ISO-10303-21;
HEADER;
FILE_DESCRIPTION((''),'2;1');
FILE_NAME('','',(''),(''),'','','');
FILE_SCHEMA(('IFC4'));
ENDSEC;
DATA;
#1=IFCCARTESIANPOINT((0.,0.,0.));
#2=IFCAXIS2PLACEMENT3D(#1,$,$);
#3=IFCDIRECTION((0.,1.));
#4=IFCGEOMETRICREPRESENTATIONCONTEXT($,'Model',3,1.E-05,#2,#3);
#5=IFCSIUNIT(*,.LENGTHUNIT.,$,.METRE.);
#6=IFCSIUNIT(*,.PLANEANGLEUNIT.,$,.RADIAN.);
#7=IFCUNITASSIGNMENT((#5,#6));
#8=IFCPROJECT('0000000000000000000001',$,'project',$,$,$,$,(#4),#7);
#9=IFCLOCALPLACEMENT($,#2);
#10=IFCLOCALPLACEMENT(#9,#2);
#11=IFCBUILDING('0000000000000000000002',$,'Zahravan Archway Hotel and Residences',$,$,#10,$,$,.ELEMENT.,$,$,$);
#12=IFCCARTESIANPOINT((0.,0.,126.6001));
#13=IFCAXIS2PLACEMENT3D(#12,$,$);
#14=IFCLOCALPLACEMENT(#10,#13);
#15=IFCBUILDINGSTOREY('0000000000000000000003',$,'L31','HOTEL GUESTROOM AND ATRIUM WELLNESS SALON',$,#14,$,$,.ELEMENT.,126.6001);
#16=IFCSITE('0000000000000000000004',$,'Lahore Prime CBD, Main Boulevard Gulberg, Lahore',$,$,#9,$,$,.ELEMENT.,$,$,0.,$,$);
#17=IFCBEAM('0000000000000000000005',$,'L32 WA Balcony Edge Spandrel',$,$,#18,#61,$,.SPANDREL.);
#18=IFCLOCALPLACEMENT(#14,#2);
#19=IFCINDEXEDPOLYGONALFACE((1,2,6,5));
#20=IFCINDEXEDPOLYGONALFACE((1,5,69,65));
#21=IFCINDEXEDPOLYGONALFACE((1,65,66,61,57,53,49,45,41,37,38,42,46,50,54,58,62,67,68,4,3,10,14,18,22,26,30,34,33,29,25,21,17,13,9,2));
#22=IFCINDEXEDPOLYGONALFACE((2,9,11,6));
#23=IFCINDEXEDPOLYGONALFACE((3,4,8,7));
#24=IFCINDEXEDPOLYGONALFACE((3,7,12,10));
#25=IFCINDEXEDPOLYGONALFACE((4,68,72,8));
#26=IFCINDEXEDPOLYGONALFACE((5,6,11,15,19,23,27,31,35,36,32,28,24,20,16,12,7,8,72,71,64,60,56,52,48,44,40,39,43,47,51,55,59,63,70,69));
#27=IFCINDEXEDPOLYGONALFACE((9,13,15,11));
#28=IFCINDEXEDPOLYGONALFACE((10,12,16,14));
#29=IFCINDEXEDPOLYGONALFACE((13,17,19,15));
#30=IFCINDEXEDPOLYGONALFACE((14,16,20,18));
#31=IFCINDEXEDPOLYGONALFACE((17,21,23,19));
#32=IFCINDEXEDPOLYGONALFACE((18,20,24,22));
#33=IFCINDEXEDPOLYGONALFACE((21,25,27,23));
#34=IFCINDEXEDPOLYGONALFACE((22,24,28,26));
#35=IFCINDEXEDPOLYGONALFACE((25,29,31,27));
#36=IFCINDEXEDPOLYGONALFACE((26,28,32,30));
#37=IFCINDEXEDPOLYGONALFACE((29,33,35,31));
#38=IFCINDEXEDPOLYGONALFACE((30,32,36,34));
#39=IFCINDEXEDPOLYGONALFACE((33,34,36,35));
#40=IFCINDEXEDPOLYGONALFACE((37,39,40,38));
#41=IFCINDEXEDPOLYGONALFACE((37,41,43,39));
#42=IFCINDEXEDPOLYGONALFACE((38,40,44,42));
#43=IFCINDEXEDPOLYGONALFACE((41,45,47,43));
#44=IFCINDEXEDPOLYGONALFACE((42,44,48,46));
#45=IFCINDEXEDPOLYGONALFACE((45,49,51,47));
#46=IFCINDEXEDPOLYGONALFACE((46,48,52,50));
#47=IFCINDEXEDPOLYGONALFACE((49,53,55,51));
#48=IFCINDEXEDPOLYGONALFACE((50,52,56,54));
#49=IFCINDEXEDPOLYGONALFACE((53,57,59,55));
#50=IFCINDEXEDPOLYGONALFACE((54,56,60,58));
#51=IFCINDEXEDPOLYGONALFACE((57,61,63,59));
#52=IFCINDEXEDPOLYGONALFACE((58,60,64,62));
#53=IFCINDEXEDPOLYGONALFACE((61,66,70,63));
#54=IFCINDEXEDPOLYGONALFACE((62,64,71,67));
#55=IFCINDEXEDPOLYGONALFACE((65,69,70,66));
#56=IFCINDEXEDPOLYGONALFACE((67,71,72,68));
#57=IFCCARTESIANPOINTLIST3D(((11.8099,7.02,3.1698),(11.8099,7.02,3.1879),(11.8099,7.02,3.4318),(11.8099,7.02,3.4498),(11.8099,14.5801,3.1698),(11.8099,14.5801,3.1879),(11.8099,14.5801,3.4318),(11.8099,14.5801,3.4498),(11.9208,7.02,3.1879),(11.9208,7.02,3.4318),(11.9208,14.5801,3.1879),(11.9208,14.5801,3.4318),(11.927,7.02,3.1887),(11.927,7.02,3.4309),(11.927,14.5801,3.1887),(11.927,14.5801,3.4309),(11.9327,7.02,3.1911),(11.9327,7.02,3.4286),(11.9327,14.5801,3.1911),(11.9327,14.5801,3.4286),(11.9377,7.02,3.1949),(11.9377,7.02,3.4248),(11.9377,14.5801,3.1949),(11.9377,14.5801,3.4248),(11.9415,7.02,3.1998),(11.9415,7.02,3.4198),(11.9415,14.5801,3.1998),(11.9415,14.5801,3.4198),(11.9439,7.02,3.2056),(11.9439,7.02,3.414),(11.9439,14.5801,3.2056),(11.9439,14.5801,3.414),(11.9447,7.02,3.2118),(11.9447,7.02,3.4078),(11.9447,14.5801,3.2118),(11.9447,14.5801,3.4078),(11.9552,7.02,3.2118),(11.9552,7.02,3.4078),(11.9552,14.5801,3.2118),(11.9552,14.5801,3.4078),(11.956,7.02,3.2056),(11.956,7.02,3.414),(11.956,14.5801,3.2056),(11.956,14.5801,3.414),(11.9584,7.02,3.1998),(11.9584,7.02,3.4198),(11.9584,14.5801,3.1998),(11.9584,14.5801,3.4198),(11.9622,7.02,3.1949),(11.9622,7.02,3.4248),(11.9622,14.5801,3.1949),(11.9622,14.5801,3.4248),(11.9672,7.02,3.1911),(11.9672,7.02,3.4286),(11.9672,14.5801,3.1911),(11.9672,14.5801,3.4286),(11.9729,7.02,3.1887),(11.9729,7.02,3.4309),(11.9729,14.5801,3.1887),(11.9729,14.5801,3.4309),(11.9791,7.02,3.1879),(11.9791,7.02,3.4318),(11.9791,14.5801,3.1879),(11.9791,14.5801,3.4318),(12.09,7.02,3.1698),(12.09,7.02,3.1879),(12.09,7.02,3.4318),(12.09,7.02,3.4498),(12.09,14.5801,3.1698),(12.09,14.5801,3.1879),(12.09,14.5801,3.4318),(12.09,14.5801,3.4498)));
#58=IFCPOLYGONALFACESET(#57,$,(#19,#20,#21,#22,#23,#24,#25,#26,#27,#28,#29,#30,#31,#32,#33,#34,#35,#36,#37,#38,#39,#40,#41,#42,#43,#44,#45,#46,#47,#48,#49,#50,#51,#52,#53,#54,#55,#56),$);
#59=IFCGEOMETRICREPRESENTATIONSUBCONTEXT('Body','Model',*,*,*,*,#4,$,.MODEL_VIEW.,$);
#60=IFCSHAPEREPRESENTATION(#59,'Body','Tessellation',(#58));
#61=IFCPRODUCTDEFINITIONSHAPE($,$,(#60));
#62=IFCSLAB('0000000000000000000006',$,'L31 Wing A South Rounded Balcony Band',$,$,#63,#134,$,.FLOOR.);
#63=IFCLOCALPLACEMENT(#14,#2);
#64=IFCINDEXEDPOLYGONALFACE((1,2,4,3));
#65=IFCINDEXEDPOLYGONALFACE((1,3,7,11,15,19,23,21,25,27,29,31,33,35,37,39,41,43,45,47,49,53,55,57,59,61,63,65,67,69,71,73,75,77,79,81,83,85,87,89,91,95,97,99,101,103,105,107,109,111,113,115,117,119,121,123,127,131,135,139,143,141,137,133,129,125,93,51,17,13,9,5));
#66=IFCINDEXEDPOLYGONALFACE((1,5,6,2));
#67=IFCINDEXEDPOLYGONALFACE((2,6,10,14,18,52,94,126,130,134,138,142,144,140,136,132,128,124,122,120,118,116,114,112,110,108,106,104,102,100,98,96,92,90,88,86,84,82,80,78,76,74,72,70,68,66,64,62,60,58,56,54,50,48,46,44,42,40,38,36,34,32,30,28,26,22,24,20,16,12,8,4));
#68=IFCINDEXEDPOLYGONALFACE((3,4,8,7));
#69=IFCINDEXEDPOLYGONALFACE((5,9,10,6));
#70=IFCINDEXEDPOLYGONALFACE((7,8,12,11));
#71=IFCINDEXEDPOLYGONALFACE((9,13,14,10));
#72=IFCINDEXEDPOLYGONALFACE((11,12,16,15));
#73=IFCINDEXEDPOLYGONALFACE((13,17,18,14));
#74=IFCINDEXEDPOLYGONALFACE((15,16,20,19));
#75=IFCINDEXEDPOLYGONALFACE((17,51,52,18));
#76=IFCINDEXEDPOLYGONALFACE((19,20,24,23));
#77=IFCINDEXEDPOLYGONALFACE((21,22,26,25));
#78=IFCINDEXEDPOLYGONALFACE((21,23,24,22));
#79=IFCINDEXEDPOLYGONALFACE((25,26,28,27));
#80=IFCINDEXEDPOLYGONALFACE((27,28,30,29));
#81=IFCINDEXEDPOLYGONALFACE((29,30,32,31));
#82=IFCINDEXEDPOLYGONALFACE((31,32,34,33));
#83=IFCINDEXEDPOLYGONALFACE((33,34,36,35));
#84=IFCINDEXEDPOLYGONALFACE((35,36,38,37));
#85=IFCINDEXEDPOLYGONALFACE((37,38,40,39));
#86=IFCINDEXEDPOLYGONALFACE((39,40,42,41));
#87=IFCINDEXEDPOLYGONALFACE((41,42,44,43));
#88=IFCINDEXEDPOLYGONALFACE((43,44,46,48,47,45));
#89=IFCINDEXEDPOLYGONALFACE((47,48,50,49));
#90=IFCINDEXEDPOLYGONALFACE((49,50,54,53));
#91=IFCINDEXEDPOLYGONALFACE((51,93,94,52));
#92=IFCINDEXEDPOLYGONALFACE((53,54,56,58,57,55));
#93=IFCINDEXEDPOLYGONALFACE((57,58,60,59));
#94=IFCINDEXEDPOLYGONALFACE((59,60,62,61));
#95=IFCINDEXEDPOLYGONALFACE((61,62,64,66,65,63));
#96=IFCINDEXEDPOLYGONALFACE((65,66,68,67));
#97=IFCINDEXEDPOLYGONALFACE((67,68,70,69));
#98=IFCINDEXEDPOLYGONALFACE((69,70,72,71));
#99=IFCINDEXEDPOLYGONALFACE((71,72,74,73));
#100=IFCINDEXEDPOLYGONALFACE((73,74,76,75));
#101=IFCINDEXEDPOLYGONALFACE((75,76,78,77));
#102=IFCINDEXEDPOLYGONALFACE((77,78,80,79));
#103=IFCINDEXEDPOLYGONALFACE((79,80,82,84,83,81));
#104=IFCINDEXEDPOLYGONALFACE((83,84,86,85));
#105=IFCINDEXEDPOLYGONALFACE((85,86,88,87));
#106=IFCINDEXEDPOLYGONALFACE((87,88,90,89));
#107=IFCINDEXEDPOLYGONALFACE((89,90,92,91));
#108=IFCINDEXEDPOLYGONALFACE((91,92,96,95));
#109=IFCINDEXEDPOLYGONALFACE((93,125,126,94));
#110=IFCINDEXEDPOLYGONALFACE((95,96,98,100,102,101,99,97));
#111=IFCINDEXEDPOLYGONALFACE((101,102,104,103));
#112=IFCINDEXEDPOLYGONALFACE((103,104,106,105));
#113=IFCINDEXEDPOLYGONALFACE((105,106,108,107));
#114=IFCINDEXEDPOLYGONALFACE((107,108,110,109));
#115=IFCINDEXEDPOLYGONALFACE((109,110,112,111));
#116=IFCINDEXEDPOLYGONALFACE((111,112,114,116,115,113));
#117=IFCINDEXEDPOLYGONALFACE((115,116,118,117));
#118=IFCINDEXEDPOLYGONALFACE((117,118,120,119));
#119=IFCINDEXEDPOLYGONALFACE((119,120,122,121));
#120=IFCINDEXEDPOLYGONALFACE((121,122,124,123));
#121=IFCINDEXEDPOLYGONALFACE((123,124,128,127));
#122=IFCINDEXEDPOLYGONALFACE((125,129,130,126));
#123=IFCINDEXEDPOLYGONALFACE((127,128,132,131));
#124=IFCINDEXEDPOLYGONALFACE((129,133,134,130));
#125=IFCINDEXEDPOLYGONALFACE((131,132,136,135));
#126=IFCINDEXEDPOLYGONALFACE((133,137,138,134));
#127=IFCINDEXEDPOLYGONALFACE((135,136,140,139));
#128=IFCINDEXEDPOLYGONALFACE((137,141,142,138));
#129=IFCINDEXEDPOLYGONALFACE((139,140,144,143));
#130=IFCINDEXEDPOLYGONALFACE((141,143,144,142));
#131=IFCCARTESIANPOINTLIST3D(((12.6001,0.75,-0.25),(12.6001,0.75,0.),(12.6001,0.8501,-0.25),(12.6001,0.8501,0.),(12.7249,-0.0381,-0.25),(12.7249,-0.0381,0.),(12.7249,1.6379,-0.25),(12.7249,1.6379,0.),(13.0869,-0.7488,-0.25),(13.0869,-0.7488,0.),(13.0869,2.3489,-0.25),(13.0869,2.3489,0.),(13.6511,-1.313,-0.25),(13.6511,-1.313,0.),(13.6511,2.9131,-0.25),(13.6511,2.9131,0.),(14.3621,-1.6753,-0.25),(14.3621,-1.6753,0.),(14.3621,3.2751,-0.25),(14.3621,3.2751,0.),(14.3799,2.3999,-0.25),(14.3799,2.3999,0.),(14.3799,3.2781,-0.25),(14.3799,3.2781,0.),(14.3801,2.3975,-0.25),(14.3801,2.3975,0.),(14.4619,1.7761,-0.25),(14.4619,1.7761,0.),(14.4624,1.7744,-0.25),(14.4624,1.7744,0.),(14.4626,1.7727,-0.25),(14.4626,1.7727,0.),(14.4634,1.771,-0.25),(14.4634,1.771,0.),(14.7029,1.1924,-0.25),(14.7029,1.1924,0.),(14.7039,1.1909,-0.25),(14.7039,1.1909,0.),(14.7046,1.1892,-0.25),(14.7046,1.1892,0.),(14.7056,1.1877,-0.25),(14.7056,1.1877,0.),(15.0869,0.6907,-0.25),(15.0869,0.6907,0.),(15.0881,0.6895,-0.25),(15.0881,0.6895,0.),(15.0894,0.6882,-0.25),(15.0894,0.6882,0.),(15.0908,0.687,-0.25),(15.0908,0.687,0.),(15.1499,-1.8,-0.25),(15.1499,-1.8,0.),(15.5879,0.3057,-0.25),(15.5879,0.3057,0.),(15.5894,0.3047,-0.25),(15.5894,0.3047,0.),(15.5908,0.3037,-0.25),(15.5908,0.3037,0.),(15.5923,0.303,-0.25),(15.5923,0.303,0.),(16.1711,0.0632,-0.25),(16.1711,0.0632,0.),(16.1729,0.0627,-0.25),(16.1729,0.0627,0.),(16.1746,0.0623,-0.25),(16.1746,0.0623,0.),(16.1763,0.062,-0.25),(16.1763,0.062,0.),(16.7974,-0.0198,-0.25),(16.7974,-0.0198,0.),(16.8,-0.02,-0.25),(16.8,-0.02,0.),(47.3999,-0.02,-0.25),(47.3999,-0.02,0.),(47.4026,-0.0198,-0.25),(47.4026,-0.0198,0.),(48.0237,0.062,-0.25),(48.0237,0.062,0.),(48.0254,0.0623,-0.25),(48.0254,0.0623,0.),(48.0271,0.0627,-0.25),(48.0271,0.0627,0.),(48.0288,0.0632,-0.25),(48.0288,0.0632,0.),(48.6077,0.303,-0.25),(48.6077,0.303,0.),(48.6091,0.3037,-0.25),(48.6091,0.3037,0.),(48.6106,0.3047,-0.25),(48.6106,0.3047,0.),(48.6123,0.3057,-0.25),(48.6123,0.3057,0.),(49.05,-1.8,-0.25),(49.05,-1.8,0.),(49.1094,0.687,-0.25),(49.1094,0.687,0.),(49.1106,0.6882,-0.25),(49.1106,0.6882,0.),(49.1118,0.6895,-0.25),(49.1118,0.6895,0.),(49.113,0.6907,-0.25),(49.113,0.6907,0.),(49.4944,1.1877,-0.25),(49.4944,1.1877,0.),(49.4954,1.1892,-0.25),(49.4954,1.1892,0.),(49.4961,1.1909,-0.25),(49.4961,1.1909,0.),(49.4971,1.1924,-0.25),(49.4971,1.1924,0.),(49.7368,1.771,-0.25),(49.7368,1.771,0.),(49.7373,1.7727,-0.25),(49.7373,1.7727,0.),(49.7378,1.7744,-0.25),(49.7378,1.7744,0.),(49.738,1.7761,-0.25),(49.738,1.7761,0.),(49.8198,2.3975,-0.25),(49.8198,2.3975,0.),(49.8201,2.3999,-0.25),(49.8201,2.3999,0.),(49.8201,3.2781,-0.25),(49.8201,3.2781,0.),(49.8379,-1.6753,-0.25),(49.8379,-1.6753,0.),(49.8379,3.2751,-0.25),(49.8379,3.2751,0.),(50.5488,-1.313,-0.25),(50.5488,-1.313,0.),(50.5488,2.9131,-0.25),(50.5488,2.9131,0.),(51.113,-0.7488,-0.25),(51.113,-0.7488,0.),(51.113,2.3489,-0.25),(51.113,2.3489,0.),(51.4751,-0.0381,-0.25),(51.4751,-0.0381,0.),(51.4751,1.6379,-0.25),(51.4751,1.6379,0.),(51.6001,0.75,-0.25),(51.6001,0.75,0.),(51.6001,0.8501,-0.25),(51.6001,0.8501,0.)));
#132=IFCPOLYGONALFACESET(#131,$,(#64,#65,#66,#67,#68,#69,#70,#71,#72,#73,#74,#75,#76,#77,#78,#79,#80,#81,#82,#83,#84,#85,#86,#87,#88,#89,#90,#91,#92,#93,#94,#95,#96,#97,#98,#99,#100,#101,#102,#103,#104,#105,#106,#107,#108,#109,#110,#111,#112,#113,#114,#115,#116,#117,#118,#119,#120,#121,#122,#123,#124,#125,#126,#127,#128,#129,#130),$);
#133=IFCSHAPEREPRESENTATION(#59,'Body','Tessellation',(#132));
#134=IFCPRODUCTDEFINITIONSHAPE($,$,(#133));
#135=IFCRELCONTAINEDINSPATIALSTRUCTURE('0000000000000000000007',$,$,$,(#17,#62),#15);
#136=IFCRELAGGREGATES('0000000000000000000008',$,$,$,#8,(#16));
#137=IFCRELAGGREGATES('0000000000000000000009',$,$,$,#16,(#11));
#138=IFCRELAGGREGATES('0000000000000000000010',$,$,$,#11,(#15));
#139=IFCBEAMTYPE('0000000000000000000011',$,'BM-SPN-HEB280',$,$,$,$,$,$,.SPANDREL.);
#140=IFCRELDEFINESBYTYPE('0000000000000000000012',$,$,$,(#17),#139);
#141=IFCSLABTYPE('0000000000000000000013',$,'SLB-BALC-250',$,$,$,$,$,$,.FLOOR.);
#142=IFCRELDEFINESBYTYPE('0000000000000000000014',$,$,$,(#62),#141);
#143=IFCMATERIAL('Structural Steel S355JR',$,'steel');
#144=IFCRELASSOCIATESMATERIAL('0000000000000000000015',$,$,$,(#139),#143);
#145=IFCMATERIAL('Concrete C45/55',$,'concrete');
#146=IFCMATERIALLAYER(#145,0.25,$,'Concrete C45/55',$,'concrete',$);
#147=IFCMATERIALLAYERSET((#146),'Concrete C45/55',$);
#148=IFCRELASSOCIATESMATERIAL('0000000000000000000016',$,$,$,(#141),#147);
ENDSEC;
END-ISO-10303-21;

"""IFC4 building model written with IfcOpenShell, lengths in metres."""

from ifc_helpers import new_model, si_unit, direction, frame, origin, origin_2d, place, context, subcontext, project, spatial, polyline, i_section, outline, extrude, source, transform, mapped, material, layer, layer_set, material_profile, profile_set, type_object, type_shapes, element, save


model = new_model("IFC4")

# Units and contexts
model_context = context("Model", 3, precision=1e-05, world=origin(), true_north=direction((0.0, 1.0)))
body_context = subcontext(model_context, "Body", "Model", "MODEL_VIEW")
ifc_project = project(units=[si_unit("LENGTHUNIT", "METRE"), si_unit("PLANEANGLEUNIT", "RADIAN")], contexts=[model_context])

# Site, building, storey
site_placement = place(None, origin())
site = spatial("IfcSite", under=ifc_project, at=site_placement, Name="Lahore Prime CBD, Main Boulevard Gulberg, Lahore", CompositionType="ELEMENT", RefElevation=0.0)
building_placement = place(site_placement, origin())
building = spatial("IfcBuilding", under=site, at=building_placement, Name="Zahravan Archway Hotel and Residences", CompositionType="ELEMENT")
storey_placement = place(building_placement, frame((0.0, 0.0, 126.6001)))
storey = spatial("IfcBuildingStorey", under=building, at=storey_placement, Name="L31", Description="HOTEL GUESTROOM AND ATRIUM WELLNESS SALON", CompositionType="ELEMENT", Elevation=126.6001)

# Beam
ifc_material_1 = material(Name="Structural Steel S355JR", Category="steel")
ifc_material_profile = material_profile(ifc_material_1, i_section(OverallWidth=0.28, OverallDepth=0.28, WebThickness=0.0105, FlangeThickness=0.0181, FilletRadius=0.0239, at=origin_2d()), Name="HEB 280", Category="steel")
ifc_profile_set = profile_set([ifc_material_profile], Name="Structural Steel S355JR")
beam_type = type_object("IfcBeamType", Name="BM-SPN-HEB280", PredefinedType="SPANDREL", material=ifc_profile_set)
shared_shape = source(origin(), body_context, "Body", "SweptSolid", [
    extrude(i_section(OverallWidth=0.28, OverallDepth=0.28, WebThickness=0.0105, FlangeThickness=0.0181, FilletRadius=0.0239, at=origin_2d()), origin(), (0.0, 0.0, 1.0), 7.5601),
])
type_shapes(beam_type, [shared_shape])
beam_placement = place(storey_placement, frame((11.95, 7.02, 3.3098), z_axis=(0.0, 1.0, 0.0), x_axis=(-1.0, 0.0, 0.0)))
element("IfcBeam", 1, at=beam_placement, inside=storey, type_object=beam_type, Name="L32 WA Balcony Edge Spandrel", PredefinedType="SPANDREL", context=body_context, shape_type="MappedRepresentation", body=[
    mapped(shared_shape, transform((0.0, 0.0, 0.0), scale=1.0)),
])

# Slab
ifc_material_2 = material(Name="Concrete C45/55", Category="concrete")
ifc_layer_1 = layer(ifc_material_2, 0.25, Name="Concrete C45/55", Category="concrete")
ifc_layer_set_1 = layer_set([ifc_layer_1], Name="Concrete C45/55")
slab_type_1 = type_object("IfcSlabType", Name="SLB-BALC-250", PredefinedType="FLOOR", material=ifc_layer_set_1)
slab_1_placement = place(storey_placement, frame((0.0, 0.0, -0.25)))
element("IfcSlab", 2, at=slab_1_placement, inside=storey, type_object=slab_type_1, Name="L31 Wing A South Rounded Balcony Band", PredefinedType="FLOOR", context=body_context, shape_type="SweptSolid", body=[
    extrude(outline(polyline([(49.8379, 3.2751), (50.5488, 2.9131), (51.113, 2.3489), (51.4751, 1.6379), (51.6001, 0.8501), (51.6001, 0.75), (51.4751, -0.0381), (51.113, -0.7488), (50.5488, -1.313), (49.8379, -1.6753), (49.05, -1.8), (15.1499, -1.8), (14.3621, -1.6753), (13.6511, -1.313), (13.0869, -0.7488), (12.7249, -0.0381), (12.6001, 0.75), (12.6001, 0.8501), (12.7249, 1.6379), (13.0869, 2.3489), (13.6511, 2.9131), (14.3621, 3.2751), (14.3799, 3.2781), (14.3799, 2.3999), (14.3801, 2.3975), (14.4619, 1.7761), (14.4624, 1.7744), (14.4626, 1.7727), (14.4634, 1.771), (14.7029, 1.1924), (14.7039, 1.1909), (14.7046, 1.1892), (14.7056, 1.1877), (15.0869, 0.6907), (15.0881, 0.6895), (15.0894, 0.6882), (15.0908, 0.687), (15.5879, 0.3057), (15.5894, 0.3047), (15.5908, 0.3037), (15.5923, 0.303), (16.1711, 0.0632), (16.1729, 0.0627), (16.1746, 0.0623), (16.1763, 0.062), (16.7974, -0.0198), (16.8, -0.02), (47.3999, -0.02), (47.4026, -0.0198), (48.0237, 0.062), (48.0254, 0.0623), (48.0271, 0.0627), (48.0288, 0.0632), (48.6077, 0.303), (48.6091, 0.3037), (48.6106, 0.3047), (48.6123, 0.3057), (49.1094, 0.687), (49.1106, 0.6882), (49.1118, 0.6895), (49.113, 0.6907), (49.4944, 1.1877), (49.4954, 1.1892), (49.4961, 1.1909), (49.4971, 1.1924), (49.7368, 1.771), (49.7373, 1.7727), (49.7378, 1.7744), (49.738, 1.7761), (49.8198, 2.3975), (49.8201, 2.3999), (49.8201, 3.2781), (49.8379, 3.2751)])), origin(), (0.0, 0.0, 1.0), 0.25),
])

save(model, "model.ifc")
